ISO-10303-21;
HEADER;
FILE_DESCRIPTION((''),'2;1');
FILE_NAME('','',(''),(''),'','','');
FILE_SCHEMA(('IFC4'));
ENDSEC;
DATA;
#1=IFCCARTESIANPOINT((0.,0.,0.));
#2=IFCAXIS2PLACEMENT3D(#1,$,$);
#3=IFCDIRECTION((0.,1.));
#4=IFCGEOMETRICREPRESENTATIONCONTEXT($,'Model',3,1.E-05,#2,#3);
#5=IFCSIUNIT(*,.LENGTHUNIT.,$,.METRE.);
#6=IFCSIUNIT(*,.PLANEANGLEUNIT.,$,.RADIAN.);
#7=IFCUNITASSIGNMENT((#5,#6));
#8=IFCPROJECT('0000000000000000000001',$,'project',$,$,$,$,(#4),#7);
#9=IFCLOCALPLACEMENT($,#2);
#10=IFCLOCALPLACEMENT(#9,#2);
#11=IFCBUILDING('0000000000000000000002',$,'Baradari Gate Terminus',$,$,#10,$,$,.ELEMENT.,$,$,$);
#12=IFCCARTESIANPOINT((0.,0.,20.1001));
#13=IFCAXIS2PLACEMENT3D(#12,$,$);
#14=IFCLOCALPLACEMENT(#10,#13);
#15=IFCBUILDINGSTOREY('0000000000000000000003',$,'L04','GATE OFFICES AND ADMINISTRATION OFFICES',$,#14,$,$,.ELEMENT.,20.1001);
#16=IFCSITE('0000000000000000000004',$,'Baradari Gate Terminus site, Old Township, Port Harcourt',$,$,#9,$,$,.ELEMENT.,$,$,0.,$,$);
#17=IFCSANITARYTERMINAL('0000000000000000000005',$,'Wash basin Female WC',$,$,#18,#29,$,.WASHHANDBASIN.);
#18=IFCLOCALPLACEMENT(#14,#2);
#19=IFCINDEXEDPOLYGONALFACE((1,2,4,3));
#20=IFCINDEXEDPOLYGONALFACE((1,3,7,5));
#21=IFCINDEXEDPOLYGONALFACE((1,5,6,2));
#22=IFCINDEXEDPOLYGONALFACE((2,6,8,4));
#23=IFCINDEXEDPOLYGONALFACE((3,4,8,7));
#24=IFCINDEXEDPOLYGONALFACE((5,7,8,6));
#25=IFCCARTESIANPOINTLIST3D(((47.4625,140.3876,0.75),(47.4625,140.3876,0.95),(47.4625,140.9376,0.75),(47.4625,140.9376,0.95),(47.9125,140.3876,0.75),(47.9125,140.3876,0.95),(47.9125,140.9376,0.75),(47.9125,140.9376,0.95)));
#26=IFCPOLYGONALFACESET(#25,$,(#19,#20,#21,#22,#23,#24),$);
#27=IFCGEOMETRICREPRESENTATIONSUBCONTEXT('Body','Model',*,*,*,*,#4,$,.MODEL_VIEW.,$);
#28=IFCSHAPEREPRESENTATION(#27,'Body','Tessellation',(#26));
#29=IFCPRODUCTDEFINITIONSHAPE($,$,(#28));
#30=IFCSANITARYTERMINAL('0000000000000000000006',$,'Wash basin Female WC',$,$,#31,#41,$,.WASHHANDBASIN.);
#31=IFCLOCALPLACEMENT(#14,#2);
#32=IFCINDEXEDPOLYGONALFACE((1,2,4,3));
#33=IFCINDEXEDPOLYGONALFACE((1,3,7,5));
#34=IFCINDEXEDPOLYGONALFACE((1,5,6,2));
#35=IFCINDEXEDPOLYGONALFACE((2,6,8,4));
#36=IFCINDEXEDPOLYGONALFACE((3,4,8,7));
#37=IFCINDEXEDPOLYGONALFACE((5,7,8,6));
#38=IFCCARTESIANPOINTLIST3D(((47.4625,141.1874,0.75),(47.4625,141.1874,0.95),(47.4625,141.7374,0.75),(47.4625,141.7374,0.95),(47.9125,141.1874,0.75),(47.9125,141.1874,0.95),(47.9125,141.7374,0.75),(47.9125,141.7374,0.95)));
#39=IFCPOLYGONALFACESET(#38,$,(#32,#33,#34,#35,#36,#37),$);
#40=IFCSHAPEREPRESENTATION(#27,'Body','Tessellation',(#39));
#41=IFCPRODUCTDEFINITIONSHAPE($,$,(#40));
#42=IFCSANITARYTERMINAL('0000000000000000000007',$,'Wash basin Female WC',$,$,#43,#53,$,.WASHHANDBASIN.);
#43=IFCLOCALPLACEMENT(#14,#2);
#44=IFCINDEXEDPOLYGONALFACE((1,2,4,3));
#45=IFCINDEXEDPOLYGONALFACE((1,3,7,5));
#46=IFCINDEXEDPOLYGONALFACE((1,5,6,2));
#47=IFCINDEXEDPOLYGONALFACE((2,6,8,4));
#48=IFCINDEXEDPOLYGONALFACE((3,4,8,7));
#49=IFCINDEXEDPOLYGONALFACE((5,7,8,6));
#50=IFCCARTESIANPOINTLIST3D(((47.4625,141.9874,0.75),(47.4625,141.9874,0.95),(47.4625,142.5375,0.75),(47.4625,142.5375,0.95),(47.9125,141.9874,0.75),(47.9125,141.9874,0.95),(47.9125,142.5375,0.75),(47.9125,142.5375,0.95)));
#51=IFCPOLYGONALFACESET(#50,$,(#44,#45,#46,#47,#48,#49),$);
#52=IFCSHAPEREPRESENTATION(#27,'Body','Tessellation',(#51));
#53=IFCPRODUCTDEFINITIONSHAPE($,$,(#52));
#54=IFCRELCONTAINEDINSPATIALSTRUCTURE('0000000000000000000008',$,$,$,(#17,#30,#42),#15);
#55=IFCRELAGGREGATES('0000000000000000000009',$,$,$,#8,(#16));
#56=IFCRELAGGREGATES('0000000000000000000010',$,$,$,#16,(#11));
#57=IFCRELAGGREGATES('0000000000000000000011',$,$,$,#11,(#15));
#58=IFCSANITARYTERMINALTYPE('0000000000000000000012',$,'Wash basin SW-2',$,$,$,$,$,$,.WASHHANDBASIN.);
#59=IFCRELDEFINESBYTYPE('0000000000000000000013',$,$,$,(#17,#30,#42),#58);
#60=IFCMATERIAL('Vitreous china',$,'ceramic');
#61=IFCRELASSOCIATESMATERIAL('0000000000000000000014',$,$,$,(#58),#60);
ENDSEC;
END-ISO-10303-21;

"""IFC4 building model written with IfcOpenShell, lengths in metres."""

from ifc_helpers import new_model, si_unit, direction, frame, origin, origin_2d, place, context, subcontext, project, spatial, rectangle, extrude, material, type_object, element, save


model = new_model("IFC4")

# Units and contexts
model_context = context("Model", 3, precision=1e-05, world=origin(), true_north=direction((0.0, 1.0)))
body_context = subcontext(model_context, "Body", "Model", "MODEL_VIEW")
ifc_project = project(units=[si_unit("LENGTHUNIT", "METRE"), si_unit("PLANEANGLEUNIT", "RADIAN")], contexts=[model_context])

# Site, building, storey
site_placement = place(None, origin())
site = spatial("IfcSite", under=ifc_project, at=site_placement, Name="Baradari Gate Terminus site, Old Township, Port Harcourt", CompositionType="ELEMENT", RefElevation=0.0)
building_placement = place(site_placement, origin())
building = spatial("IfcBuilding", under=site, at=building_placement, Name="Baradari Gate Terminus", CompositionType="ELEMENT")
storey_placement = place(building_placement, frame((0.0, 0.0, 20.1001)))
storey = spatial("IfcBuildingStorey", under=building, at=storey_placement, Name="L04", Description="GATE OFFICES AND ADMINISTRATION OFFICES", CompositionType="ELEMENT", Elevation=20.1001)

# Sanitary terminals
ifc_material_1 = material(Name="Vitreous china", Category="ceramic")
sanitary_terminal_type_1 = type_object("IfcSanitaryTerminalType", Name="Wash basin SW-2", PredefinedType="WASHHANDBASIN", material=ifc_material_1)
for number, where, z_axis, x_axis, name in (
    (1, (47.6875, 140.6626, 0.75), (0.0, 0.0, 1.0), (1.0, 0.0, 0.0), "Wash basin Female WC"),
    (2, (47.6875, 141.4624, 0.75), (0.0, 0.0, 1.0), (1.0, 0.0, 0.0), "Wash basin Female WC"),
    (3, (47.6875, 142.2625, 0.75), (0.0, 0.0, 1.0), (1.0, 0.0, 0.0), "Wash basin Female WC"),
):
    element("IfcSanitaryTerminal", number, at=place(storey_placement, frame(where, z_axis=z_axis, x_axis=x_axis)), inside=storey, type_object=sanitary_terminal_type_1, Name=name, PredefinedType="WASHHANDBASIN", context=body_context, shape_type="SweptSolid", body=[
        extrude(rectangle(XDim=0.45, YDim=0.55, at=origin_2d()), origin(), (0.0, 0.0, 1.0), 0.2),
    ])

save(model, "model.ifc")
